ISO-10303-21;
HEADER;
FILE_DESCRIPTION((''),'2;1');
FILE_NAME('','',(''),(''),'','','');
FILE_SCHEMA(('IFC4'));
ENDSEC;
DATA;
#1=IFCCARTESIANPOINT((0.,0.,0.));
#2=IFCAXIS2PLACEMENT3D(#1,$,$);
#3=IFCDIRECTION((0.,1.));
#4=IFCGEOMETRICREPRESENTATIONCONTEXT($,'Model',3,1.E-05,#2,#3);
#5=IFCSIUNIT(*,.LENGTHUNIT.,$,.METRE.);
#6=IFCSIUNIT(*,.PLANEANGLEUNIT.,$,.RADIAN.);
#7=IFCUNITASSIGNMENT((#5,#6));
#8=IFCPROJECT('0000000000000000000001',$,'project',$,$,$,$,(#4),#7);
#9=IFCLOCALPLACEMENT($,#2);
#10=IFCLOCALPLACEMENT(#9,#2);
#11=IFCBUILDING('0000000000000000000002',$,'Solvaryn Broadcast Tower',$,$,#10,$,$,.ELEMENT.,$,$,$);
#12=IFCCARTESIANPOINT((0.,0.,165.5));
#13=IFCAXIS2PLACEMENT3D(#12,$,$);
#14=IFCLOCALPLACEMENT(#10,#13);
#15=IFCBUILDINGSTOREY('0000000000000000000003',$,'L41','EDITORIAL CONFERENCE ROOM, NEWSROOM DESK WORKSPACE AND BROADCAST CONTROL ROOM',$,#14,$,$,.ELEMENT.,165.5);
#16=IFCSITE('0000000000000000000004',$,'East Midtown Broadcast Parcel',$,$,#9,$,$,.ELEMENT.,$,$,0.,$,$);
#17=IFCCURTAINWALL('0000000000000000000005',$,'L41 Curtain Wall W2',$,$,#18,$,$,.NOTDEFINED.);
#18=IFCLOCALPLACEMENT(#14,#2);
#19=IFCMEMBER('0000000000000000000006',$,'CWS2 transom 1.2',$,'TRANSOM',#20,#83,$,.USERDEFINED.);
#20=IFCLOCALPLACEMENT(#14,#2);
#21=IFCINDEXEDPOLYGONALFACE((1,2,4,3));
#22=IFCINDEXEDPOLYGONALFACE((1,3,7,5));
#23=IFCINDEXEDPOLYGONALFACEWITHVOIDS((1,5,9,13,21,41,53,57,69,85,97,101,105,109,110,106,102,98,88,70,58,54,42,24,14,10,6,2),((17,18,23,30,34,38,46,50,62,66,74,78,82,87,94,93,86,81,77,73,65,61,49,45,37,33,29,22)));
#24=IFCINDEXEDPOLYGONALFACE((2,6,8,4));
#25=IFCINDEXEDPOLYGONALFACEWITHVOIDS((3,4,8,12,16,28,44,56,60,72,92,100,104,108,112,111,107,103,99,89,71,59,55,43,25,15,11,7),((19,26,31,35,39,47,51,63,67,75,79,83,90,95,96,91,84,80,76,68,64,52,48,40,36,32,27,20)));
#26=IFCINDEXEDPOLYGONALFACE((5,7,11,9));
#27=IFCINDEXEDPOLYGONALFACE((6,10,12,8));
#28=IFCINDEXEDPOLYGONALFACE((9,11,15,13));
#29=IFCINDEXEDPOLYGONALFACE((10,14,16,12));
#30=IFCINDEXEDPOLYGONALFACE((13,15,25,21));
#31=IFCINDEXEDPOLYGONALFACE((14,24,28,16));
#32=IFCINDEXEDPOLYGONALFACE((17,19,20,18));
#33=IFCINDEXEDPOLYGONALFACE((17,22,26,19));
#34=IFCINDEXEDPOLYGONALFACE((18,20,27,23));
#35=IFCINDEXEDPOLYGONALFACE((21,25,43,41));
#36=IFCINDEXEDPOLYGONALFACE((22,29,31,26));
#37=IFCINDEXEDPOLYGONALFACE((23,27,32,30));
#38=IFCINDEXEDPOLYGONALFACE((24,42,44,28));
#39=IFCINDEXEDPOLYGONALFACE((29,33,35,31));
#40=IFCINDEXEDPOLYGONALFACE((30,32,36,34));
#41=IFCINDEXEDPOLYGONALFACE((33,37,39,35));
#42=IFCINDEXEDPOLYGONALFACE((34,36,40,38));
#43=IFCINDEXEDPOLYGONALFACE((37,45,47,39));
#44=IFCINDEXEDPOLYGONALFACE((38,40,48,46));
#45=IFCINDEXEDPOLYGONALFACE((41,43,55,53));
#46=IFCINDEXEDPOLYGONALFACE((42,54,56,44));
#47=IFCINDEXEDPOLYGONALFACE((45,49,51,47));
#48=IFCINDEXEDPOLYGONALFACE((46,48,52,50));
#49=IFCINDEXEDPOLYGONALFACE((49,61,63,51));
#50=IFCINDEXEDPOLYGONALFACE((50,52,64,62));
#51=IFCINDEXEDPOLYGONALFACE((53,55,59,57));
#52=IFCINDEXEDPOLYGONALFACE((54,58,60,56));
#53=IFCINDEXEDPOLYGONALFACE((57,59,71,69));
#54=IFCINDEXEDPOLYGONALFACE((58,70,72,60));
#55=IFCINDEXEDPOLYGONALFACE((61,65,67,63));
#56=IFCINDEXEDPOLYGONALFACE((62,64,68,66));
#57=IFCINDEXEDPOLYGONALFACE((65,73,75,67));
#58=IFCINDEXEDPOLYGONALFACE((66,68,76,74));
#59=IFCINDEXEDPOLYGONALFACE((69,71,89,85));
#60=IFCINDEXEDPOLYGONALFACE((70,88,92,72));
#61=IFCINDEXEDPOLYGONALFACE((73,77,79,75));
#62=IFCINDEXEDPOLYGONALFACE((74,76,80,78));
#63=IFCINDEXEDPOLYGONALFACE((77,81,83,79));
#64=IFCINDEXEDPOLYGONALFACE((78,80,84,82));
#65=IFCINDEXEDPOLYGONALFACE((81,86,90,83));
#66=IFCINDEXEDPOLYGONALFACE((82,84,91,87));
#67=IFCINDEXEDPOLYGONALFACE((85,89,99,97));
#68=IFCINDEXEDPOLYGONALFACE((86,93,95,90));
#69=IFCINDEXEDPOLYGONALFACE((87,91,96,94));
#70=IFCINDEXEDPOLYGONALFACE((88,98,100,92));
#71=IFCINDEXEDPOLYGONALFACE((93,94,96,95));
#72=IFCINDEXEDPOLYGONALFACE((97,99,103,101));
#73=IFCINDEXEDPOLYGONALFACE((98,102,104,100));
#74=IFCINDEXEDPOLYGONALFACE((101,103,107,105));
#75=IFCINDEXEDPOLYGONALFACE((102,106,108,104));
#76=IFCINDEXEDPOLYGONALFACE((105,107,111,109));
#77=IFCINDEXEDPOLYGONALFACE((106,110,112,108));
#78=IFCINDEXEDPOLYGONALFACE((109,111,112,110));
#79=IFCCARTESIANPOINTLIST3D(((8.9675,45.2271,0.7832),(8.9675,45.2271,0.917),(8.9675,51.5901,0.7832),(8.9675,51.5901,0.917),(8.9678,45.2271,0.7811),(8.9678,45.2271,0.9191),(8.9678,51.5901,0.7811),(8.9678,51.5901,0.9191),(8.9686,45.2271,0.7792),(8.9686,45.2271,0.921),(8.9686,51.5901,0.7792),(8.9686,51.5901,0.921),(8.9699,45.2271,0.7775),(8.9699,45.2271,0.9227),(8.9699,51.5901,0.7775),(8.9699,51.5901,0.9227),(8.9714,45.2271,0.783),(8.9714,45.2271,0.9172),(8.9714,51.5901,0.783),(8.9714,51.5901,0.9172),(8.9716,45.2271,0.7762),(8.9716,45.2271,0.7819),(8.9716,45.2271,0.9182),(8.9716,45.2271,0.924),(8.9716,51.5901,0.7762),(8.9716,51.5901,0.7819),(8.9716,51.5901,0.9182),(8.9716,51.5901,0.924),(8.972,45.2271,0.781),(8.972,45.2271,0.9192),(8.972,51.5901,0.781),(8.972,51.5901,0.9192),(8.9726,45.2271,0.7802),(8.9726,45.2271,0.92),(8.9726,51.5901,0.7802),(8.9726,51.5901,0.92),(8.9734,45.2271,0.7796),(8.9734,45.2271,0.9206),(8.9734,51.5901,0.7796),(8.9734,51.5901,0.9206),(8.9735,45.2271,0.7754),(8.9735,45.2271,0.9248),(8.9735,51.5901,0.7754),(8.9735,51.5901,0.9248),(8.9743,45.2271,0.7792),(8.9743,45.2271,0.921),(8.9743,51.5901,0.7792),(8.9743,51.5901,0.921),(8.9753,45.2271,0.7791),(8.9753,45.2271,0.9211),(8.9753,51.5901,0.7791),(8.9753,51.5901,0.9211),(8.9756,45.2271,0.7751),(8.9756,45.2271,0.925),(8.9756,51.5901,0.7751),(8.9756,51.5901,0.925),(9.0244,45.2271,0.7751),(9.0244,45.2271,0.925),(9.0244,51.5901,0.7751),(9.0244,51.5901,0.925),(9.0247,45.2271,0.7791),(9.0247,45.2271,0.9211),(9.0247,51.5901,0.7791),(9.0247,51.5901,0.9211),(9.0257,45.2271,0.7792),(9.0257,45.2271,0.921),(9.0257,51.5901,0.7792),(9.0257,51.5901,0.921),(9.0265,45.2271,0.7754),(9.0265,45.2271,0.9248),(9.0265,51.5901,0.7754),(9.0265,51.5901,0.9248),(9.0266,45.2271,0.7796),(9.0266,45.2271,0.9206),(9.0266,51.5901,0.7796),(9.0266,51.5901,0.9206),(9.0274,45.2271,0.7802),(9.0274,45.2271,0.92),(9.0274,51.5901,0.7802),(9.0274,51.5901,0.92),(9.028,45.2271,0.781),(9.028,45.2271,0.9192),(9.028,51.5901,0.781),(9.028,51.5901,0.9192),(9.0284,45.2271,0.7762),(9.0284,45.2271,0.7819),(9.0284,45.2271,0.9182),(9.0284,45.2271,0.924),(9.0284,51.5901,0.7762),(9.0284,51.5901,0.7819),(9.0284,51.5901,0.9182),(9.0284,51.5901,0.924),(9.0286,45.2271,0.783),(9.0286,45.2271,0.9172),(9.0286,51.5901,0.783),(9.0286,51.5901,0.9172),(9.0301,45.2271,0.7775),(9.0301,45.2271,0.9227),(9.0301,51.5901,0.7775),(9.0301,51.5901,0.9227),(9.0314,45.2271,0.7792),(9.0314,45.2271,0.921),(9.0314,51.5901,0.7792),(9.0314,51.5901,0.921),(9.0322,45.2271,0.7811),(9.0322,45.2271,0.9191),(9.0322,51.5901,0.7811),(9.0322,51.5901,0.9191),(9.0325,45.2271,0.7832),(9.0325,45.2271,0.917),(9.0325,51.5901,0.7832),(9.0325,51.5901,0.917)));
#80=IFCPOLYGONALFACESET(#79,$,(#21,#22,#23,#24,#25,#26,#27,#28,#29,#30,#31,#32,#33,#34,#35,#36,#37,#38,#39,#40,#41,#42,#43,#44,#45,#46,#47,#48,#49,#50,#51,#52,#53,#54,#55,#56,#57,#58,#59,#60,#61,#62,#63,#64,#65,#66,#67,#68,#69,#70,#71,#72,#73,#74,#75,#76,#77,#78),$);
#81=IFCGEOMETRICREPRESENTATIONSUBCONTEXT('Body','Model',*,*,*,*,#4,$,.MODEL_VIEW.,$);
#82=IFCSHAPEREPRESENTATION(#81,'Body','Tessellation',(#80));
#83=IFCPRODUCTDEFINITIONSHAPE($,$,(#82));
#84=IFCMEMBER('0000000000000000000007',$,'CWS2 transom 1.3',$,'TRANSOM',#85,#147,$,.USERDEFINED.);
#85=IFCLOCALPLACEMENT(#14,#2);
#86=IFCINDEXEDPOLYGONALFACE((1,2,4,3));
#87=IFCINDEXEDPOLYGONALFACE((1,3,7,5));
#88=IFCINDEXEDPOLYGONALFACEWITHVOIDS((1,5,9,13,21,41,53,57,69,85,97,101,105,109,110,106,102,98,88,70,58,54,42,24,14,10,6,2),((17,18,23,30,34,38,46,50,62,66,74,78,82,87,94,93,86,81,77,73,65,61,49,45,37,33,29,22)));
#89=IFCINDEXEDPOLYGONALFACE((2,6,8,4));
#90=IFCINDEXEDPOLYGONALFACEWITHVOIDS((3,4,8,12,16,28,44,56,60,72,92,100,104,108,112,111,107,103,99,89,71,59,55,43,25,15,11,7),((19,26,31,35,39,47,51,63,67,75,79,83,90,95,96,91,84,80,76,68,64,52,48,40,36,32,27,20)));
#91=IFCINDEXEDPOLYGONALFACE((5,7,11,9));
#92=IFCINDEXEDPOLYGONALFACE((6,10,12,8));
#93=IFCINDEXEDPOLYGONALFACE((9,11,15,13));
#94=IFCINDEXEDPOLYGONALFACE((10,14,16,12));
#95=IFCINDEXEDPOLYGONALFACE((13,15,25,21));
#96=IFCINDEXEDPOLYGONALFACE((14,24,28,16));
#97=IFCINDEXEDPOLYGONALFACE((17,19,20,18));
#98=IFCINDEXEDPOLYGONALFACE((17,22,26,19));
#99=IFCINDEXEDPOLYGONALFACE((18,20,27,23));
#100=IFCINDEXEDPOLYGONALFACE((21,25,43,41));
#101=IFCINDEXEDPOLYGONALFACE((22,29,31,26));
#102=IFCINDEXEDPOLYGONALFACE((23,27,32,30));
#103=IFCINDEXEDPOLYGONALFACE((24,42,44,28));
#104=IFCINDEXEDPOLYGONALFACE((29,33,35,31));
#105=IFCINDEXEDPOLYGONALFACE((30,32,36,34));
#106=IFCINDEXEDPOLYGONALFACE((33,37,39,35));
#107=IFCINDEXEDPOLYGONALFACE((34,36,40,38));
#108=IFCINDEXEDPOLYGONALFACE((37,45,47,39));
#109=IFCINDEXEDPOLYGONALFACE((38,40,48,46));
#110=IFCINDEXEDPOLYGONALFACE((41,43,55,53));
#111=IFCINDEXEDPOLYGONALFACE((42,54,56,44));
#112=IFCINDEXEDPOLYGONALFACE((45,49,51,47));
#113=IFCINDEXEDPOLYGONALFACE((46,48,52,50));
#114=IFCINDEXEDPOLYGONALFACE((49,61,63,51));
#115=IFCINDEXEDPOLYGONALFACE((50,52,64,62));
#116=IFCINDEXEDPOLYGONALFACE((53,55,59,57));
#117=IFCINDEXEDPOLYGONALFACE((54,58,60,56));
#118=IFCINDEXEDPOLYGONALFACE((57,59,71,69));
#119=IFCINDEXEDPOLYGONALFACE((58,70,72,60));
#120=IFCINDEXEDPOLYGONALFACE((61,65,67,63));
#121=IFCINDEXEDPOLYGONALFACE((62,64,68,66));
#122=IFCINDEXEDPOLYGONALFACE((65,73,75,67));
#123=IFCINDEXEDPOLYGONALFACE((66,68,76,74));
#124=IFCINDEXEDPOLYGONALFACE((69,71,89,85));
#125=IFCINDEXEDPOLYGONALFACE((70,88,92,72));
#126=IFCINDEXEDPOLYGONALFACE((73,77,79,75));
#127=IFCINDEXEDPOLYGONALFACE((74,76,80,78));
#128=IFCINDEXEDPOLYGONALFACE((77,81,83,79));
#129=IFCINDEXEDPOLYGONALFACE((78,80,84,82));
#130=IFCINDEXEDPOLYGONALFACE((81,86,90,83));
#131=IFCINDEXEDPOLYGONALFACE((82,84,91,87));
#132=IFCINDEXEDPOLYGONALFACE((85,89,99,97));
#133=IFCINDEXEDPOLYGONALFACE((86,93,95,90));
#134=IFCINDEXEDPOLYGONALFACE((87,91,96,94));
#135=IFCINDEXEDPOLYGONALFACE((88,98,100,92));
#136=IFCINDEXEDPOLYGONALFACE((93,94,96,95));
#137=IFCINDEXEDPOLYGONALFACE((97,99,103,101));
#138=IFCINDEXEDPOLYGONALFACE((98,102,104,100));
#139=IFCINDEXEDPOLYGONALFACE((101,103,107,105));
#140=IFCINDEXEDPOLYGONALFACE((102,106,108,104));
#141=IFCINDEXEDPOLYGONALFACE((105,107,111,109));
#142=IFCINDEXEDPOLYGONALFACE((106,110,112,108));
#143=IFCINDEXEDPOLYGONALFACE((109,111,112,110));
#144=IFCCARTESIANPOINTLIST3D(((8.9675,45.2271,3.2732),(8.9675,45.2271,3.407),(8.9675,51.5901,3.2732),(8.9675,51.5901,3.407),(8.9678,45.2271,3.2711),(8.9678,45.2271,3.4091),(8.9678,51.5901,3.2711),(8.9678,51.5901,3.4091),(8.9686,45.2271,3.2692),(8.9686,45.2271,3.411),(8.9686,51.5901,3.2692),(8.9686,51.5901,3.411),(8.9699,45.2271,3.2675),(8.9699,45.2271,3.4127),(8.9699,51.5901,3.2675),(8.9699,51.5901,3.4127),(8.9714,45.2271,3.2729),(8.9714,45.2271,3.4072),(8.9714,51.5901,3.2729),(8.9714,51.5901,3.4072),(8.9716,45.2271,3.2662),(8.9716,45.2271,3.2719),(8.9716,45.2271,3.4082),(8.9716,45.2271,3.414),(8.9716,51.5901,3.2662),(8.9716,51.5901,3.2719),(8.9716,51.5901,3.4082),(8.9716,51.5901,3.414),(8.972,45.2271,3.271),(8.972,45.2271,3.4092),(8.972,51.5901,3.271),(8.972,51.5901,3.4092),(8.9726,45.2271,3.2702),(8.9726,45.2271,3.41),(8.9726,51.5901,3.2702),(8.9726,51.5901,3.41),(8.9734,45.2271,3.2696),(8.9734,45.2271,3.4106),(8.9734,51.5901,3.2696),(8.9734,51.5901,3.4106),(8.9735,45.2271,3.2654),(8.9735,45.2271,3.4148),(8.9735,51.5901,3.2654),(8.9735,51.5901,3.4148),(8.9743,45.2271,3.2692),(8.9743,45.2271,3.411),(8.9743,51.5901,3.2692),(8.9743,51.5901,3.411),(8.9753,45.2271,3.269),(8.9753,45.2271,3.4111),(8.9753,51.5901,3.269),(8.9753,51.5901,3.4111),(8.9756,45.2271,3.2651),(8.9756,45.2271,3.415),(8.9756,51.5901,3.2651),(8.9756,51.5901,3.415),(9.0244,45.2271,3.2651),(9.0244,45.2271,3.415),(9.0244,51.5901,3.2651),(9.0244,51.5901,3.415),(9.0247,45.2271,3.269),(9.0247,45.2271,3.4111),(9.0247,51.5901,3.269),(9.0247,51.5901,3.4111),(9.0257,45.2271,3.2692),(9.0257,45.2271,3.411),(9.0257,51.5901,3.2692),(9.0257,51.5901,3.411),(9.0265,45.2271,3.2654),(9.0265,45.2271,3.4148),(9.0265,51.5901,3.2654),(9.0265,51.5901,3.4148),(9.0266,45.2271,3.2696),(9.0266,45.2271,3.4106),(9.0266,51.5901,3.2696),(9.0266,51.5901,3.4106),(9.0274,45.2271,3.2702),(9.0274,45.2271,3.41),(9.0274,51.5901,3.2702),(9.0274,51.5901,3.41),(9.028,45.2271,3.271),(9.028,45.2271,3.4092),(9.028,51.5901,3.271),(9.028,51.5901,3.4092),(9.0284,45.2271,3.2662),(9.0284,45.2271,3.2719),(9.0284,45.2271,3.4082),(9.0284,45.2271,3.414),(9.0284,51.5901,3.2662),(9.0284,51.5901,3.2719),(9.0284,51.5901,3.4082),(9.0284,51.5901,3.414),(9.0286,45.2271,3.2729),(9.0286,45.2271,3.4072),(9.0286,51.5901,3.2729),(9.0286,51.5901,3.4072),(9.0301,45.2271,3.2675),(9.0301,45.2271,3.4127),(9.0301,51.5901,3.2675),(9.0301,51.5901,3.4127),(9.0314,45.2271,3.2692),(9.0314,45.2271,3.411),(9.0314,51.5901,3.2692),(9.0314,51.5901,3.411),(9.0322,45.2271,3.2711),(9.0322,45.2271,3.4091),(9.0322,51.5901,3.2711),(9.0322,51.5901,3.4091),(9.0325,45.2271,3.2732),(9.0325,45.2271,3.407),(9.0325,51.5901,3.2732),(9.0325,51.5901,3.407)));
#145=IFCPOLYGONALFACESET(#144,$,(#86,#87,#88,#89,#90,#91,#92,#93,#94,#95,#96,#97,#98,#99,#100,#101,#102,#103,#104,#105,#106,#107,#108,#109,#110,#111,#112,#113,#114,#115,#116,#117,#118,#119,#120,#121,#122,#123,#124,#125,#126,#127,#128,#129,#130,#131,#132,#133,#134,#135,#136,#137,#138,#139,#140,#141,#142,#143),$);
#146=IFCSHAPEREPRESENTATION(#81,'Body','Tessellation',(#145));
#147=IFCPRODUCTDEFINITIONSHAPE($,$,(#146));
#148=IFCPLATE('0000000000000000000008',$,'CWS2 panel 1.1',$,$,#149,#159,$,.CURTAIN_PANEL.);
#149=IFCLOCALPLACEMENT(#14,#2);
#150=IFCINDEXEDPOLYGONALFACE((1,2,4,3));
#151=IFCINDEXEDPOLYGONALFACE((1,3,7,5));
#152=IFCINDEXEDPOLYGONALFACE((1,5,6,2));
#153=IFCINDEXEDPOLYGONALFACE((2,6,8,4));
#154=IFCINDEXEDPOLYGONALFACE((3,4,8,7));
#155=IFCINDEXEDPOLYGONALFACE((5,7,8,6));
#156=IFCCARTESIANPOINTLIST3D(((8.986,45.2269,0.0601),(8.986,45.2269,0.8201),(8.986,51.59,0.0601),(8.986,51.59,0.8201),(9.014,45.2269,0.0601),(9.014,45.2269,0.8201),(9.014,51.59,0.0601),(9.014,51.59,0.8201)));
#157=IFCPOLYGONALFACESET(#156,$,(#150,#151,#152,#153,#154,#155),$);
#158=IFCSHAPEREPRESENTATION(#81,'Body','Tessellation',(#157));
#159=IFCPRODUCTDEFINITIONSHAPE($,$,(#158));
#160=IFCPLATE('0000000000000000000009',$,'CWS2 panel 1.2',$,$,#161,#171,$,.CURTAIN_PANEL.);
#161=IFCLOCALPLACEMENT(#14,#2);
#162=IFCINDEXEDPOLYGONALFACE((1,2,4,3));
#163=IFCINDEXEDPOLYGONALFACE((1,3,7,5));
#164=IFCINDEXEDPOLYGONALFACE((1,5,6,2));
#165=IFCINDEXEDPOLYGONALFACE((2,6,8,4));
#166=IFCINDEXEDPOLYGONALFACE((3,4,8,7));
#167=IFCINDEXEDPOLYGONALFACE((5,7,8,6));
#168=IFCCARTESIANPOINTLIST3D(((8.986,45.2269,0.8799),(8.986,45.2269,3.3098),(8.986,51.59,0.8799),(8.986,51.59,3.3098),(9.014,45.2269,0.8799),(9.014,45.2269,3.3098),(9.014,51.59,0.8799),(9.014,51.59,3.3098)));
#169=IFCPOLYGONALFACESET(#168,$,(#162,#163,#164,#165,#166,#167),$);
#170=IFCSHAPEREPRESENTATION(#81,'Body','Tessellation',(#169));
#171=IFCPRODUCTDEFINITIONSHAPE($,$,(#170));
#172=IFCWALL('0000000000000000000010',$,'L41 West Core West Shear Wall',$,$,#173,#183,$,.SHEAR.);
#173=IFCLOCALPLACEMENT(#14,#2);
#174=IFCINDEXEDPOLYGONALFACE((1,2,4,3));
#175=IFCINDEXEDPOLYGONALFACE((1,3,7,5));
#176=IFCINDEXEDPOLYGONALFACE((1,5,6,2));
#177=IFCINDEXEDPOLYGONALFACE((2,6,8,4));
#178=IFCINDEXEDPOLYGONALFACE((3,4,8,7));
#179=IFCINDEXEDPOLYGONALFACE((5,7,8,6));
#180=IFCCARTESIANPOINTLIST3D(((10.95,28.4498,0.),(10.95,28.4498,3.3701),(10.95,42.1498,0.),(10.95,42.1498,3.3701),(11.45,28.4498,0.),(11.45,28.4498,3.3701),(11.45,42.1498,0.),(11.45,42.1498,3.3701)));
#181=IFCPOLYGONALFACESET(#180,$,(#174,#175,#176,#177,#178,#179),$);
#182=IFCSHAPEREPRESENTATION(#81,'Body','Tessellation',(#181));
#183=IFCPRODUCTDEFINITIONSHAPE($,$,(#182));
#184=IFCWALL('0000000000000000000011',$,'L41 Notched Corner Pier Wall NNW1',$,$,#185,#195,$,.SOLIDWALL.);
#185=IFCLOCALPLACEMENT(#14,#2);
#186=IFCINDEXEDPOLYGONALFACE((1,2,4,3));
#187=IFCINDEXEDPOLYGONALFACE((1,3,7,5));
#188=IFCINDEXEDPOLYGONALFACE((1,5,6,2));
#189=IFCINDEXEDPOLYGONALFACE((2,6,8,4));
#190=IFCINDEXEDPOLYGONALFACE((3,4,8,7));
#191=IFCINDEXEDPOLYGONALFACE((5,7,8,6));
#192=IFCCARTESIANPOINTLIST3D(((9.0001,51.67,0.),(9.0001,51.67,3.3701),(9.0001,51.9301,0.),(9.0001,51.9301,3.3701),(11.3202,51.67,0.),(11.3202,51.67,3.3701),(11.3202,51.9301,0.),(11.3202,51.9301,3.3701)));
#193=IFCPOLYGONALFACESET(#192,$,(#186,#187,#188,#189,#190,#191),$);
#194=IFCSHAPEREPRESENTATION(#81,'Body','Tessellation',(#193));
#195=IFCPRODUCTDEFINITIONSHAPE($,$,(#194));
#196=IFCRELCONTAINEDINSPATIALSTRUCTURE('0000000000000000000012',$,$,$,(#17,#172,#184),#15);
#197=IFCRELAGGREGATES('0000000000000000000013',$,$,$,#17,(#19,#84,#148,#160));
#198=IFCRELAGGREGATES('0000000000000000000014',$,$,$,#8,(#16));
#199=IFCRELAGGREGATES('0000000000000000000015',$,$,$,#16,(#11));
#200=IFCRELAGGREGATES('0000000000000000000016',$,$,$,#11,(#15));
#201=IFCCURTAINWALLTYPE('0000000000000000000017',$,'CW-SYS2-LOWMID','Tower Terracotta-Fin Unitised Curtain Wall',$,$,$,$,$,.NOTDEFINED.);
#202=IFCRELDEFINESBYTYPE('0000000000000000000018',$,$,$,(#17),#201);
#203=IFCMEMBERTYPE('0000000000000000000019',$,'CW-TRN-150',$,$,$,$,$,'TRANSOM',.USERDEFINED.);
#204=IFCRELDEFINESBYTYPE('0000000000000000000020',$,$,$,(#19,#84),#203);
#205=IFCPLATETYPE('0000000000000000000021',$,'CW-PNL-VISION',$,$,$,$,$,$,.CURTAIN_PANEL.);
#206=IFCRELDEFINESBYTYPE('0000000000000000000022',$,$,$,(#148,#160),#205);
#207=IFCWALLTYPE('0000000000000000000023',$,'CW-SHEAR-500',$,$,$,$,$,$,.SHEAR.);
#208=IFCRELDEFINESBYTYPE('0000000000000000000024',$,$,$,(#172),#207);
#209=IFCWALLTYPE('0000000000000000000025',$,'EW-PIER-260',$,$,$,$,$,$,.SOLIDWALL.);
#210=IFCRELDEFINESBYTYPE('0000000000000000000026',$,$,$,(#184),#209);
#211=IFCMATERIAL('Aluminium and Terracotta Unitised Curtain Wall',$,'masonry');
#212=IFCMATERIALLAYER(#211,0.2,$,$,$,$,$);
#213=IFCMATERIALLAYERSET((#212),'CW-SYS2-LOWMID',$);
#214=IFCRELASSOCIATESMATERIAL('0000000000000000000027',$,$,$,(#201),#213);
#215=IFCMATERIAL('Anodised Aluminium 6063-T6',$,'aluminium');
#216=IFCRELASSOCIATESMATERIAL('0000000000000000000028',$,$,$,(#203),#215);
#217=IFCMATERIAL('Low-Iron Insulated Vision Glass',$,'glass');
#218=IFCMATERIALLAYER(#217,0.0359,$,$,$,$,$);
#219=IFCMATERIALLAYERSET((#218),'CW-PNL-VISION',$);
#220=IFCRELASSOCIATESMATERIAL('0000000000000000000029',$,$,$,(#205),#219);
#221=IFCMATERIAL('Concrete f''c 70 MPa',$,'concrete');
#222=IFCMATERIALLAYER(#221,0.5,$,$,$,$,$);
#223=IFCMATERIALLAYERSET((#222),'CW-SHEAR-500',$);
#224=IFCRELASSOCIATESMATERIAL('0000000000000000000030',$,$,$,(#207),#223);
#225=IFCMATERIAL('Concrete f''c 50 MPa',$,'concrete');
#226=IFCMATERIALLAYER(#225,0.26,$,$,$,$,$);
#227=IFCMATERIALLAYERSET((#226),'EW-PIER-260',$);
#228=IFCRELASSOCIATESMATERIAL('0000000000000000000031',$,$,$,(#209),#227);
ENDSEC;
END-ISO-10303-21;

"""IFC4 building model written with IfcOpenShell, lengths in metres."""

from ifc_helpers import new_model, si_unit, direction, frame, frame_2d, origin, origin_2d, place, context, subcontext, project, spatial, rectangle, hollow_rectangle, extrude, material, layer, layer_set, material_profile, profile_set, type_object, element, aggregate, save


model = new_model("IFC4")

# Units and contexts
model_context = context("Model", 3, precision=1e-05, world=origin(), true_north=direction((0.0, 1.0)))
body_context = subcontext(model_context, "Body", "Model", "MODEL_VIEW")
ifc_project = project(units=[si_unit("LENGTHUNIT", "METRE"), si_unit("PLANEANGLEUNIT", "RADIAN")], contexts=[model_context])

# Site, building, storey
site_placement = place(None, origin())
site = spatial("IfcSite", under=ifc_project, at=site_placement, Name="East Midtown Broadcast Parcel", CompositionType="ELEMENT", RefElevation=0.0)
building_placement = place(site_placement, origin())
building = spatial("IfcBuilding", under=site, at=building_placement, Name="Solvaryn Broadcast Tower", CompositionType="ELEMENT")
storey_placement = place(building_placement, frame((0.0, 0.0, 165.5)))
storey = spatial("IfcBuildingStorey", under=building, at=storey_placement, Name="L41", Description="EDITORIAL CONFERENCE ROOM, NEWSROOM DESK WORKSPACE AND BROADCAST CONTROL ROOM", CompositionType="ELEMENT", Elevation=165.5)

# Shared definitions
ifc_material_1 = material(Name="Aluminium and Terracotta Unitised Curtain Wall", Category="masonry")
ifc_layer_1 = layer(ifc_material_1, 0.2)
ifc_layer_set_1 = layer_set([ifc_layer_1], Name="CW-SYS2-LOWMID")
curtain_wall_type = type_object("IfcCurtainWallType", Name="CW-SYS2-LOWMID", Description="Tower Terracotta-Fin Unitised Curtain Wall", PredefinedType="NOTDEFINED", material=ifc_layer_set_1)

# Curtain wall
curtain_wall_1_placement = place(storey_placement, origin())
curtain_wall_1 = element("IfcCurtainWall", 1, at=curtain_wall_1_placement, inside=storey, type_object=curtain_wall_type, Name="L41 Curtain Wall W2", PredefinedType="NOTDEFINED")

# Members
ifc_material_2 = material(Name="Anodised Aluminium 6063-T6", Category="aluminium")
ifc_material_profile_1 = material_profile(ifc_material_2, hollow_rectangle(XDim=0.0649, YDim=0.1499, WallThickness=0.0039, InnerFilletRadius=0.0039, OuterFilletRadius=0.0081, at=origin_2d()))
ifc_profile_set_1 = profile_set([ifc_material_profile_1], Name="Anodised Aluminium 6063-T6")
member_type_1 = type_object("IfcMemberType", Name="CW-TRN-150", ElementType="TRANSOM", PredefinedType="USERDEFINED", material=ifc_profile_set_1)
member_1_placement = place(storey_placement, frame((9.0, 45.2271, 0.8501), z_axis=(0.0, 1.0, 0.0), x_axis=(-1.0, 0.0, 0.0)))
member_1 = element("IfcMember", 2, at=member_1_placement, type_object=member_type_1, Name="CWS2 transom 1.2", ObjectType="TRANSOM", PredefinedType="USERDEFINED", context=body_context, shape_type="SweptSolid", body=[
    extrude(hollow_rectangle(XDim=0.0649, YDim=0.1499, WallThickness=0.0039, InnerFilletRadius=0.0039, OuterFilletRadius=0.0081, at=origin_2d()), origin(), (0.0, 0.0, 1.0), 6.363),
])
member_2_placement = place(storey_placement, frame((9.0, 45.2271, 3.3401), z_axis=(0.0, 1.0, 0.0), x_axis=(-1.0, 0.0, 0.0)))
member_2 = element("IfcMember", 3, at=member_2_placement, type_object=member_type_1, Name="CWS2 transom 1.3", ObjectType="TRANSOM", PredefinedType="USERDEFINED", context=body_context, shape_type="SweptSolid", body=[
    extrude(hollow_rectangle(XDim=0.0649, YDim=0.1499, WallThickness=0.0039, InnerFilletRadius=0.0039, OuterFilletRadius=0.0081, at=origin_2d()), origin(), (0.0, 0.0, 1.0), 6.363),
])

# Plates
ifc_material_3 = material(Name="Low-Iron Insulated Vision Glass", Category="glass")
ifc_layer_2 = layer(ifc_material_3, 0.0359)
ifc_layer_set_2 = layer_set([ifc_layer_2], Name="CW-PNL-VISION")
plate_type = type_object("IfcPlateType", Name="CW-PNL-VISION", PredefinedType="CURTAIN_PANEL", material=ifc_layer_set_2)
plate_1_placement = place(storey_placement, frame((9.0, 48.4084, 0.0601), z_axis=(0.0, 0.0, 1.0), x_axis=(0.0, 1.0, 0.0)))
plate_1 = element("IfcPlate", 4, at=plate_1_placement, type_object=plate_type, Name="CWS2 panel 1.1", PredefinedType="CURTAIN_PANEL", context=body_context, shape_type="SweptSolid", body=[
    extrude(rectangle(XDim=6.363, YDim=0.0281, at=origin_2d()), origin(), (0.0, 0.0, 1.0), 0.76),
])
plate_2_placement = place(storey_placement, frame((9.0, 48.4084, 0.8799), z_axis=(0.0, 0.0, 1.0), x_axis=(0.0, 1.0, 0.0)))
plate_2 = element("IfcPlate", 5, at=plate_2_placement, type_object=plate_type, Name="CWS2 panel 1.2", PredefinedType="CURTAIN_PANEL", context=body_context, shape_type="SweptSolid", body=[
    extrude(rectangle(XDim=6.363, YDim=0.0281, at=origin_2d()), origin(), (0.0, 0.0, 1.0), 2.4299),
])
aggregate(curtain_wall_1, [member_1, member_2, plate_1, plate_2])

# Walls
ifc_material_4 = material(Name="Concrete f'c 70 MPa", Category="concrete")
ifc_layer_3 = layer(ifc_material_4, 0.5)
ifc_layer_set_3 = layer_set([ifc_layer_3], Name="CW-SHEAR-500")
wall_type_1 = type_object("IfcWallType", Name="CW-SHEAR-500", PredefinedType="SHEAR", material=ifc_layer_set_3)
wall_1_placement = place(storey_placement, frame((11.2, 42.1499, 0.0), z_axis=(0.0, 0.0, 1.0), x_axis=(0.0, -1.0, 0.0)))
element("IfcWall", 6, at=wall_1_placement, inside=storey, type_object=wall_type_1, Name="L41 West Core West Shear Wall", PredefinedType="SHEAR", context=body_context, shape_type="SweptSolid", body=[
    extrude(rectangle(XDim=13.7, YDim=0.5, at=frame_2d((6.8501, 0.0))), origin(), (0.0, 0.0, 1.0), 3.3701),
])
ifc_material_5 = material(Name="Concrete f'c 50 MPa", Category="concrete")
ifc_layer_4 = layer(ifc_material_5, 0.26)
ifc_layer_set_4 = layer_set([ifc_layer_4], Name="EW-PIER-260")
wall_type_2 = type_object("IfcWallType", Name="EW-PIER-260", PredefinedType="SOLIDWALL", material=ifc_layer_set_4)
wall_2_placement = place(storey_placement, frame((9.0, 51.8, 0.0), z_axis=(0.0, 0.0, 1.0), x_axis=(1.0, 0.0, 0.0)))
element("IfcWall", 7, at=wall_2_placement, inside=storey, type_object=wall_type_2, Name="L41 Notched Corner Pier Wall NNW1", PredefinedType="SOLIDWALL", context=body_context, shape_type="SweptSolid", body=[
    extrude(rectangle(XDim=2.3201, YDim=0.26, at=frame_2d((1.1602, 0.0))), origin(), (0.0, 0.0, 1.0), 3.3701),
])

save(model, "model.ifc")
